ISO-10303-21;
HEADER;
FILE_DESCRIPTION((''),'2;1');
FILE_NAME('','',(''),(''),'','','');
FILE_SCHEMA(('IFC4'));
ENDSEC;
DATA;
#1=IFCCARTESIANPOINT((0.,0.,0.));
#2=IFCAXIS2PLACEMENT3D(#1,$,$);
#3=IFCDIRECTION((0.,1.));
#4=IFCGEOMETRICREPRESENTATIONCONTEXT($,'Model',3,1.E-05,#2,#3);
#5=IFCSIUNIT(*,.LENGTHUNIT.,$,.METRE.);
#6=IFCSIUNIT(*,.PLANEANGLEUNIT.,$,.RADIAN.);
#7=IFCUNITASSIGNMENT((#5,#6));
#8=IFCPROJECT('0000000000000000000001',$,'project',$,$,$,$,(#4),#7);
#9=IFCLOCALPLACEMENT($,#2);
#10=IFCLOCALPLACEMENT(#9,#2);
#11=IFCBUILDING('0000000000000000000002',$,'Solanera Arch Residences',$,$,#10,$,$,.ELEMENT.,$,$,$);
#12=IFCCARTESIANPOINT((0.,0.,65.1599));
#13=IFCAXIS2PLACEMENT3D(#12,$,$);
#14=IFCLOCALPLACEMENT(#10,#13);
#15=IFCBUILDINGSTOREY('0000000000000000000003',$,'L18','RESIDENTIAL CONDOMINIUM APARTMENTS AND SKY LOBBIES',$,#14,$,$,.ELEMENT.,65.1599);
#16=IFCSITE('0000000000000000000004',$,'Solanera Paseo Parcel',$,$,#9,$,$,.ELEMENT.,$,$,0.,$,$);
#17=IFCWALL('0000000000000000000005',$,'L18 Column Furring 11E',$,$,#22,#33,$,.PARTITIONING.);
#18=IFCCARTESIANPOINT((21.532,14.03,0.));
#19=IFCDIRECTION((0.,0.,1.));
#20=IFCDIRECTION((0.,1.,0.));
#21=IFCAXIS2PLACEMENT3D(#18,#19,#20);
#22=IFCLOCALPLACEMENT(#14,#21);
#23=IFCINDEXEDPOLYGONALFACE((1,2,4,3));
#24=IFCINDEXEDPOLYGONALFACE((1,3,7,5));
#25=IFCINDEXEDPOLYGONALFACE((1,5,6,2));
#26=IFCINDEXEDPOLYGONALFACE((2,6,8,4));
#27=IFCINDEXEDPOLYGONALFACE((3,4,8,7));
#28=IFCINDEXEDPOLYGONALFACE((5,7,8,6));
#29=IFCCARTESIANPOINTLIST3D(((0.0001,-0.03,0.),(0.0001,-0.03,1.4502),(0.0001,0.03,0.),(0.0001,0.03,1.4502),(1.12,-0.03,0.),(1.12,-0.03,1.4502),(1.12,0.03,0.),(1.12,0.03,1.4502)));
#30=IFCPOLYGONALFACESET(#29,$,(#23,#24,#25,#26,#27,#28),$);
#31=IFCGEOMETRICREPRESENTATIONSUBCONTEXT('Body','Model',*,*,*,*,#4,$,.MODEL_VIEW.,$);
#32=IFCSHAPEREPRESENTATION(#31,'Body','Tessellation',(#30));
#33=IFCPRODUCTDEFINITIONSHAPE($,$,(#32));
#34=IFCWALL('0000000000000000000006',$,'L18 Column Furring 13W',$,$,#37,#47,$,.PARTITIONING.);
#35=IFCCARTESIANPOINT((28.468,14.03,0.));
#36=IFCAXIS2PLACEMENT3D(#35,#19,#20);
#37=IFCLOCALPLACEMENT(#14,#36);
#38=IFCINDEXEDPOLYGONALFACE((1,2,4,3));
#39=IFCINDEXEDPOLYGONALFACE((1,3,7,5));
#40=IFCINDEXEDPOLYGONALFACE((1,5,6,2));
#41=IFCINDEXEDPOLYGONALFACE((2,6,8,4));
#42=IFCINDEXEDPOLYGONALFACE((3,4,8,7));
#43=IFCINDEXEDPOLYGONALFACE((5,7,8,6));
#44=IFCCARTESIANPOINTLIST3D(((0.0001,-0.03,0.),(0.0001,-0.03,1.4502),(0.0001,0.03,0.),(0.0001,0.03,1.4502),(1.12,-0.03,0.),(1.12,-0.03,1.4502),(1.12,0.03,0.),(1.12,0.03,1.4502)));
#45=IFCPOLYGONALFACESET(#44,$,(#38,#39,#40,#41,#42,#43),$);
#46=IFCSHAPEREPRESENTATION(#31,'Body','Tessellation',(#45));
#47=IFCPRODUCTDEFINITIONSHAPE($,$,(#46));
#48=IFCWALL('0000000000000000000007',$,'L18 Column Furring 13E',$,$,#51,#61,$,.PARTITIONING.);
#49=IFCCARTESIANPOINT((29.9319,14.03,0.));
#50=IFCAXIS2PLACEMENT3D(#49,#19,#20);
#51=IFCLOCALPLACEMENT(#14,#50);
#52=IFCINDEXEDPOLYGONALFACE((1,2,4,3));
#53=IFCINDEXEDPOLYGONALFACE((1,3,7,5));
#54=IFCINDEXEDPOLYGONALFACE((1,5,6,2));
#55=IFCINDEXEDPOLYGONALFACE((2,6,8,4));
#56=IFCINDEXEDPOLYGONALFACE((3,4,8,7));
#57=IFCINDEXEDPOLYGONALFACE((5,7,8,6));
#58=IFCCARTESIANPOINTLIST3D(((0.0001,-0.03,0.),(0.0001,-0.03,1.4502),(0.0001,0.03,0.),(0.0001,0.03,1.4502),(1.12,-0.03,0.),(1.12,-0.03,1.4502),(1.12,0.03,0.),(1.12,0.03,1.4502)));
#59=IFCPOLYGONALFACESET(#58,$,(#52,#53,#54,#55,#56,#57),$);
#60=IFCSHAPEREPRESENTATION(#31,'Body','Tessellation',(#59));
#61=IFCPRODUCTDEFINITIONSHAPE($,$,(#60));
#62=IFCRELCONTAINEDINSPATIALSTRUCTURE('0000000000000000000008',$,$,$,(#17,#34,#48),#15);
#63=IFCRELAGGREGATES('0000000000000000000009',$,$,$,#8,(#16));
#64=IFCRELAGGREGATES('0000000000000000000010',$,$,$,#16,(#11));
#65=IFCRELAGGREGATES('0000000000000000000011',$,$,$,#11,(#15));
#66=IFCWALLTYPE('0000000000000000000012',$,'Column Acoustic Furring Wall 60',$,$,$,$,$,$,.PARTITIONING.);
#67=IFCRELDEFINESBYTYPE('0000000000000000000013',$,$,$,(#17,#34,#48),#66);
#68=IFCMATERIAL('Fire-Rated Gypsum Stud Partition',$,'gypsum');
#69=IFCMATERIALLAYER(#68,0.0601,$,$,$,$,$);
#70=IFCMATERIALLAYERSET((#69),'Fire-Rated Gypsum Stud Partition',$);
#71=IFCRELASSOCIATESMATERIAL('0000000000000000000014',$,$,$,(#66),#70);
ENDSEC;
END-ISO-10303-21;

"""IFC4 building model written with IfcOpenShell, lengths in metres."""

from ifc_helpers import new_model, si_unit, direction, frame, frame_2d, origin, place, context, subcontext, project, spatial, rectangle, extrude, material, layer, layer_set, type_object, element, save


model = new_model("IFC4")

# Units and contexts
model_context = context("Model", 3, precision=1e-05, world=origin(), true_north=direction((0.0, 1.0)))
body_context = subcontext(model_context, "Body", "Model", "MODEL_VIEW")
ifc_project = project(units=[si_unit("LENGTHUNIT", "METRE"), si_unit("PLANEANGLEUNIT", "RADIAN")], contexts=[model_context])

# Site, building, storey
site_placement = place(None, origin())
site = spatial("IfcSite", under=ifc_project, at=site_placement, Name="Solanera Paseo Parcel", CompositionType="ELEMENT", RefElevation=0.0)
building_placement = place(site_placement, origin())
building = spatial("IfcBuilding", under=site, at=building_placement, Name="Solanera Arch Residences", CompositionType="ELEMENT")
storey_placement = place(building_placement, frame((0.0, 0.0, 65.1599)))
storey = spatial("IfcBuildingStorey", under=building, at=storey_placement, Name="L18", Description="RESIDENTIAL CONDOMINIUM APARTMENTS AND SKY LOBBIES", CompositionType="ELEMENT", Elevation=65.1599)

# Walls
ifc_material_1 = material(Name="Fire-Rated Gypsum Stud Partition", Category="gypsum")
ifc_layer_1 = layer(ifc_material_1, 0.0601)
ifc_layer_set_1 = layer_set([ifc_layer_1], Name="Fire-Rated Gypsum Stud Partition")
wall_type_1 = type_object("IfcWallType", Name="Column Acoustic Furring Wall 60", PredefinedType="PARTITIONING", material=ifc_layer_set_1)
wall_1_placement = place(storey_placement, frame((21.532, 14.03, 0.0), z_axis=(0.0, 0.0, 1.0), x_axis=(0.0, 1.0, 0.0)))
element("IfcWall", 1, at=wall_1_placement, inside=storey, type_object=wall_type_1, Name="L18 Column Furring 11E", PredefinedType="PARTITIONING", context=body_context, shape_type="SweptSolid", body=[
    extrude(rectangle(XDim=1.1199, YDim=0.0601, at=frame_2d((0.5601, 0.0))), origin(), (0.0, 0.0, 1.0), 1.4502),
])
for number, where, z_axis, x_axis, name in (
    (2, (28.468, 14.03, 0.0), (0.0, 0.0, 1.0), (0.0, 1.0, 0.0), "L18 Column Furring 13W"),
    (3, (29.9319, 14.03, 0.0), (0.0, 0.0, 1.0), (0.0, 1.0, 0.0), "L18 Column Furring 13E"),
):
    element("IfcWall", number, at=place(storey_placement, frame(where, z_axis=z_axis, x_axis=x_axis)), inside=storey, type_object=wall_type_1, Name=name, PredefinedType="PARTITIONING", context=body_context, shape_type="SweptSolid", body=[
        extrude(rectangle(XDim=1.1199, YDim=0.0601, at=frame_2d((0.5601, 0.0))), origin(), (0.0, 0.0, 1.0), 1.4502),
    ])

save(model, "model.ifc")
